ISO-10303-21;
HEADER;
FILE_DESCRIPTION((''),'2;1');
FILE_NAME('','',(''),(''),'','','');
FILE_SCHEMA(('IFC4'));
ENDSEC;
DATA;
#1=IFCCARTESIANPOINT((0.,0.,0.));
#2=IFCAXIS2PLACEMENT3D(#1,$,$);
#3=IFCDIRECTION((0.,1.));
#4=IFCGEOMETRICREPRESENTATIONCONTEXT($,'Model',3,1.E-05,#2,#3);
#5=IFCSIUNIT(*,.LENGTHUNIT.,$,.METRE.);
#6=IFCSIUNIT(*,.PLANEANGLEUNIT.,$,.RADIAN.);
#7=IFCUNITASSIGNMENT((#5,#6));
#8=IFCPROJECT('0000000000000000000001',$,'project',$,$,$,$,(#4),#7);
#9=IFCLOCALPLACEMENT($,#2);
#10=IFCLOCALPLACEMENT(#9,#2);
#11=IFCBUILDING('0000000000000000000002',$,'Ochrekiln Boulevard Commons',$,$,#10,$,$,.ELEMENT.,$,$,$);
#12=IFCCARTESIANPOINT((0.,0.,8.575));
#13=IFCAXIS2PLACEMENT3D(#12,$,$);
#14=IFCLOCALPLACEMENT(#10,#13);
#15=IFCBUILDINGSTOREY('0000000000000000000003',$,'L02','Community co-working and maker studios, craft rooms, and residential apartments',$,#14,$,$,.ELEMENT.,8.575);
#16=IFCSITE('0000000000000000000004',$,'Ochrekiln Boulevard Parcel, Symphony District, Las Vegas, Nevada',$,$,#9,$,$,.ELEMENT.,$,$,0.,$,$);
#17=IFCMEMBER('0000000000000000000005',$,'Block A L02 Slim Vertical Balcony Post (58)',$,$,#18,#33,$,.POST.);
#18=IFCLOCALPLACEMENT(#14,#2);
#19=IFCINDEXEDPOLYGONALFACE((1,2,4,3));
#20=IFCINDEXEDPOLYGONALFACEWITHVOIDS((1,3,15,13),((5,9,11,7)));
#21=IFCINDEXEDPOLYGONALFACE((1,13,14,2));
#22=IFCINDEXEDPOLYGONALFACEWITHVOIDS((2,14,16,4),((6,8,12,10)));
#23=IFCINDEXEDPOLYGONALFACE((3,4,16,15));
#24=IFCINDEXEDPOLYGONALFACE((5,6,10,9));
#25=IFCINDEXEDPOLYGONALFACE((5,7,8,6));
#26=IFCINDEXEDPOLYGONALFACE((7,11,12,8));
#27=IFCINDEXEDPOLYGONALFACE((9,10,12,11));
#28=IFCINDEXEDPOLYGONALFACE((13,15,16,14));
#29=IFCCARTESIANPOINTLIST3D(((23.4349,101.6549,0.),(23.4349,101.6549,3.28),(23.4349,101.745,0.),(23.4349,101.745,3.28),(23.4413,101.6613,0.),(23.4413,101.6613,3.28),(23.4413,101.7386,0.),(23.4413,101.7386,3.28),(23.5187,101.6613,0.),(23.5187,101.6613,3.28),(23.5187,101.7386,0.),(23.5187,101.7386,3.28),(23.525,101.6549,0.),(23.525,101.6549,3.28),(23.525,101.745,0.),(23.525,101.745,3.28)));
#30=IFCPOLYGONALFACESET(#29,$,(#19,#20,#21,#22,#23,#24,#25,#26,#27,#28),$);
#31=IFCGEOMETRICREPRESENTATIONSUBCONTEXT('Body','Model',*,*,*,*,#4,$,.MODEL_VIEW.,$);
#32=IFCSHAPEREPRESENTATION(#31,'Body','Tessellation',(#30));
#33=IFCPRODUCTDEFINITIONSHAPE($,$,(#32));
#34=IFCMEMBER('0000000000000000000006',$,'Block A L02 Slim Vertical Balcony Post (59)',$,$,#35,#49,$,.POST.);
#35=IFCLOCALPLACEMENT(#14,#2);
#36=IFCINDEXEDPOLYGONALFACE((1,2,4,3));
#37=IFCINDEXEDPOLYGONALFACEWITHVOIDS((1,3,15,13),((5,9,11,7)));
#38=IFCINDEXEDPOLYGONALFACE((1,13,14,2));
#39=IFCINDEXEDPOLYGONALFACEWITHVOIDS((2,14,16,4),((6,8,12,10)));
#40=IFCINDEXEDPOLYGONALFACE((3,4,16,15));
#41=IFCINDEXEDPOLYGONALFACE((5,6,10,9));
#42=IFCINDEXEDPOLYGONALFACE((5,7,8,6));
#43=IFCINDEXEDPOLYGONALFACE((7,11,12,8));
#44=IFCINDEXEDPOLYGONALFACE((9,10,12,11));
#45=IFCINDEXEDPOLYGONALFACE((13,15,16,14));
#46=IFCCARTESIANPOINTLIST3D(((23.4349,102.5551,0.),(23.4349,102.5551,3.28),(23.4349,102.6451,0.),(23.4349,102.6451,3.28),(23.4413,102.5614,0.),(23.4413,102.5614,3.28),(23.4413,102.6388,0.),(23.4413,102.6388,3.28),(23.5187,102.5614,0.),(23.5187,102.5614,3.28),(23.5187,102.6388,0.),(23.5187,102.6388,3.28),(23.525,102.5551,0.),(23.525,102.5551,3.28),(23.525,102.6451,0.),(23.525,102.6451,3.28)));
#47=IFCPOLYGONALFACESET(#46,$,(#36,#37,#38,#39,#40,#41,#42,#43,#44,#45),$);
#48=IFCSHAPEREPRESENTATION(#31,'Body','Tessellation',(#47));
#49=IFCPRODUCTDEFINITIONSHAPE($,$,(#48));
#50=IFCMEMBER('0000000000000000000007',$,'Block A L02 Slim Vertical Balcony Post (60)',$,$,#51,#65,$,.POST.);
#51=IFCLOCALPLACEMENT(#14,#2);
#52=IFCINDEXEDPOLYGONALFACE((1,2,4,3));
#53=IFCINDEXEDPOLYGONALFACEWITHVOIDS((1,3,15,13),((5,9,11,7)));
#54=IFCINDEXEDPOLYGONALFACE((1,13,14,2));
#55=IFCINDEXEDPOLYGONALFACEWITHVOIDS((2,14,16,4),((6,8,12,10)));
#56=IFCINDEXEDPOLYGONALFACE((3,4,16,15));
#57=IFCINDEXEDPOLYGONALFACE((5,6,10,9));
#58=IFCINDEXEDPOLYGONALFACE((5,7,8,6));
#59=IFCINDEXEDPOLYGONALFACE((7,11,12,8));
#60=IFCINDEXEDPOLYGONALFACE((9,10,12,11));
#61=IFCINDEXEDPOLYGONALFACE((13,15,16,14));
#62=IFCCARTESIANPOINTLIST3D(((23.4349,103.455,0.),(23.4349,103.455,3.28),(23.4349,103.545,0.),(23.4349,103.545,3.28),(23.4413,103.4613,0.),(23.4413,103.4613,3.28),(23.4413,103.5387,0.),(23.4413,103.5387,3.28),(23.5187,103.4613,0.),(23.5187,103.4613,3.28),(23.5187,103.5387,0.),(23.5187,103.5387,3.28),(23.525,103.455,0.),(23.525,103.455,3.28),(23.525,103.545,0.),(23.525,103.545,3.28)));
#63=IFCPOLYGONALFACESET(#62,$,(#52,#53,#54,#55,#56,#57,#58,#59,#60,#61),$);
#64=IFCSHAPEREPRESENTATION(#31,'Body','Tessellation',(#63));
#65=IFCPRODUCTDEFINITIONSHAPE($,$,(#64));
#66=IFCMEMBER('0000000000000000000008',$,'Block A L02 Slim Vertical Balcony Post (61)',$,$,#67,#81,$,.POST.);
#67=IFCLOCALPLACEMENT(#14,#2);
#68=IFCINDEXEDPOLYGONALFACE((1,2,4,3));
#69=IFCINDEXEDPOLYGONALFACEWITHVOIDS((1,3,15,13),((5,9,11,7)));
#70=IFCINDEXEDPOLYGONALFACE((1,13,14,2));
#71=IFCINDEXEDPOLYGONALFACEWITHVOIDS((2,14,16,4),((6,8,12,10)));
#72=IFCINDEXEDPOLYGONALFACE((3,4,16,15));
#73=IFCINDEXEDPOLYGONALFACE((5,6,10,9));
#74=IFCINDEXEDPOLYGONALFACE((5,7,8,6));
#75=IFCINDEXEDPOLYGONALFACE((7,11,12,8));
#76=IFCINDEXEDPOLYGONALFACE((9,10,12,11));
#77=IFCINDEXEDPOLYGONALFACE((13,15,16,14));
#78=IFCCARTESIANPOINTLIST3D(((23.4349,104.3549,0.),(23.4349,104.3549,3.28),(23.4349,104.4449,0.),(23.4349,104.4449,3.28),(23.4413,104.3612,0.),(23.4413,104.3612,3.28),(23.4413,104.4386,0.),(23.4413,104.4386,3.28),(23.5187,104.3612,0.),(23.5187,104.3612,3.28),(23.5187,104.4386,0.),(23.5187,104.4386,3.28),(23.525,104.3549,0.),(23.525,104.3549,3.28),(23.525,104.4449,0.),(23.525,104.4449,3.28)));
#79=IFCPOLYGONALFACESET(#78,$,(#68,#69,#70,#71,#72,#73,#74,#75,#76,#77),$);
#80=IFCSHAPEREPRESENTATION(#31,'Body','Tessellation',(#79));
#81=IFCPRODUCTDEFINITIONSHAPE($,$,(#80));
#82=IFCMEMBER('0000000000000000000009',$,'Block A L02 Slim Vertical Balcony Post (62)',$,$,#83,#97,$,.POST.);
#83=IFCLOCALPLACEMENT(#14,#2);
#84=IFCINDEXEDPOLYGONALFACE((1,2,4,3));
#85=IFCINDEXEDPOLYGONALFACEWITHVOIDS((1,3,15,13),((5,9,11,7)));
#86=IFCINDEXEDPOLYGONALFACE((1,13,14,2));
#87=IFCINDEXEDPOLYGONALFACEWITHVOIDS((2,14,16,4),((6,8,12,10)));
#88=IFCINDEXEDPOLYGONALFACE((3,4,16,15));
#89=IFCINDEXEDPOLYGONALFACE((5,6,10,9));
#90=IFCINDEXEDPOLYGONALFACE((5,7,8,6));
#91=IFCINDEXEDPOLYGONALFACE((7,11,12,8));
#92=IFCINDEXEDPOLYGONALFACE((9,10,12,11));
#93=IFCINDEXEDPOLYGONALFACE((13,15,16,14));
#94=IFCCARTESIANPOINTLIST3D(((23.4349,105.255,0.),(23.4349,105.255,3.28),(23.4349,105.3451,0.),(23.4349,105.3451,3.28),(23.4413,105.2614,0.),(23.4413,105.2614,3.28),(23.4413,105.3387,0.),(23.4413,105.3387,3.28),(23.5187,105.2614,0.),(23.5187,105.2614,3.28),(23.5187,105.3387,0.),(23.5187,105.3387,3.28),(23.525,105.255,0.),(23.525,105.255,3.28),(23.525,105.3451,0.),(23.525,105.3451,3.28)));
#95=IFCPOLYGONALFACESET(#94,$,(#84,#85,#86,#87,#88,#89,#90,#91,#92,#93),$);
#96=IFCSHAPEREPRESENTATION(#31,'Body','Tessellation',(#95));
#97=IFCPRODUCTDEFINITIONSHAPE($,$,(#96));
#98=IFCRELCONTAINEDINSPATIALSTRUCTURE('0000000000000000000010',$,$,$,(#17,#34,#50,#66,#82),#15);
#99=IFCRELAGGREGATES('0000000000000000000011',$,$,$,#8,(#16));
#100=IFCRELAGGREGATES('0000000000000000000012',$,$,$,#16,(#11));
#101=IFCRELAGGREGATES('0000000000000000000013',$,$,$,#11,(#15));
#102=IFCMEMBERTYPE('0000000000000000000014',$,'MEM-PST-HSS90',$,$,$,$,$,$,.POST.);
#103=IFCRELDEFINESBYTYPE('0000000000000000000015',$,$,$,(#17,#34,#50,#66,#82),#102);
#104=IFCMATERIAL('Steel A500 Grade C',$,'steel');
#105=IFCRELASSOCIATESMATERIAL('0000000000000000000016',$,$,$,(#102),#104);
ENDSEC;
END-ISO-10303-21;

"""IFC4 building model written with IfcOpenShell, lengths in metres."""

from ifc_helpers import new_model, si_unit, direction, frame, origin, origin_2d, place, context, subcontext, project, spatial, hollow_rectangle, extrude, material, material_profile, profile_set, type_object, element, save


model = new_model("IFC4")

# Units and contexts
model_context = context("Model", 3, precision=1e-05, world=origin(), true_north=direction((0.0, 1.0)))
body_context = subcontext(model_context, "Body", "Model", "MODEL_VIEW")
ifc_project = project(units=[si_unit("LENGTHUNIT", "METRE"), si_unit("PLANEANGLEUNIT", "RADIAN")], contexts=[model_context])

# Site, building, storey
site_placement = place(None, origin())
site = spatial("IfcSite", under=ifc_project, at=site_placement, Name="Ochrekiln Boulevard Parcel, Symphony District, Las Vegas, Nevada", CompositionType="ELEMENT", RefElevation=0.0)
building_placement = place(site_placement, origin())
building = spatial("IfcBuilding", under=site, at=building_placement, Name="Ochrekiln Boulevard Commons", CompositionType="ELEMENT")
storey_placement = place(building_placement, frame((0.0, 0.0, 8.575)))
storey = spatial("IfcBuildingStorey", under=building, at=storey_placement, Name="L02", Description="Community co-working and maker studios, craft rooms, and residential apartments", CompositionType="ELEMENT", Elevation=8.575)

# Members
ifc_material_1 = material(Name="Steel A500 Grade C", Category="steel")
ifc_material_profile_1 = material_profile(ifc_material_1, hollow_rectangle(XDim=0.0901, YDim=0.0901, WallThickness=0.0063, at=origin_2d()), Name="HSS90X90X6.4")
ifc_profile_set_1 = profile_set([ifc_material_profile_1], Name="Steel A500 Grade C")
member_type = type_object("IfcMemberType", Name="MEM-PST-HSS90", PredefinedType="POST", material=ifc_profile_set_1)
for number, where, z_axis, x_axis, name in (
    (1, (23.48, 101.7, 0.0), (0.0, 0.0, 1.0), (1.0, 0.0, 0.0), "Block A L02 Slim Vertical Balcony Post (58)"),
    (2, (23.48, 102.6001, 0.0), (0.0, 0.0, 1.0), (1.0, 0.0, 0.0), "Block A L02 Slim Vertical Balcony Post (59)"),
    (3, (23.48, 103.5, 0.0), (0.0, 0.0, 1.0), (1.0, 0.0, 0.0), "Block A L02 Slim Vertical Balcony Post (60)"),
    (4, (23.48, 104.3999, 0.0), (0.0, 0.0, 1.0), (1.0, 0.0, 0.0), "Block A L02 Slim Vertical Balcony Post (61)"),
    (5, (23.48, 105.3, 0.0), (0.0, 0.0, 1.0), (1.0, 0.0, 0.0), "Block A L02 Slim Vertical Balcony Post (62)"),
):
    element("IfcMember", number, at=place(storey_placement, frame(where, z_axis=z_axis, x_axis=x_axis)), inside=storey, type_object=member_type, Name=name, PredefinedType="POST", context=body_context, shape_type="SweptSolid", body=[
        extrude(hollow_rectangle(XDim=0.0901, YDim=0.0901, WallThickness=0.0063, at=origin_2d()), origin(), (0.0, 0.0, 1.0), 3.28),
    ])

save(model, "model.ifc")
